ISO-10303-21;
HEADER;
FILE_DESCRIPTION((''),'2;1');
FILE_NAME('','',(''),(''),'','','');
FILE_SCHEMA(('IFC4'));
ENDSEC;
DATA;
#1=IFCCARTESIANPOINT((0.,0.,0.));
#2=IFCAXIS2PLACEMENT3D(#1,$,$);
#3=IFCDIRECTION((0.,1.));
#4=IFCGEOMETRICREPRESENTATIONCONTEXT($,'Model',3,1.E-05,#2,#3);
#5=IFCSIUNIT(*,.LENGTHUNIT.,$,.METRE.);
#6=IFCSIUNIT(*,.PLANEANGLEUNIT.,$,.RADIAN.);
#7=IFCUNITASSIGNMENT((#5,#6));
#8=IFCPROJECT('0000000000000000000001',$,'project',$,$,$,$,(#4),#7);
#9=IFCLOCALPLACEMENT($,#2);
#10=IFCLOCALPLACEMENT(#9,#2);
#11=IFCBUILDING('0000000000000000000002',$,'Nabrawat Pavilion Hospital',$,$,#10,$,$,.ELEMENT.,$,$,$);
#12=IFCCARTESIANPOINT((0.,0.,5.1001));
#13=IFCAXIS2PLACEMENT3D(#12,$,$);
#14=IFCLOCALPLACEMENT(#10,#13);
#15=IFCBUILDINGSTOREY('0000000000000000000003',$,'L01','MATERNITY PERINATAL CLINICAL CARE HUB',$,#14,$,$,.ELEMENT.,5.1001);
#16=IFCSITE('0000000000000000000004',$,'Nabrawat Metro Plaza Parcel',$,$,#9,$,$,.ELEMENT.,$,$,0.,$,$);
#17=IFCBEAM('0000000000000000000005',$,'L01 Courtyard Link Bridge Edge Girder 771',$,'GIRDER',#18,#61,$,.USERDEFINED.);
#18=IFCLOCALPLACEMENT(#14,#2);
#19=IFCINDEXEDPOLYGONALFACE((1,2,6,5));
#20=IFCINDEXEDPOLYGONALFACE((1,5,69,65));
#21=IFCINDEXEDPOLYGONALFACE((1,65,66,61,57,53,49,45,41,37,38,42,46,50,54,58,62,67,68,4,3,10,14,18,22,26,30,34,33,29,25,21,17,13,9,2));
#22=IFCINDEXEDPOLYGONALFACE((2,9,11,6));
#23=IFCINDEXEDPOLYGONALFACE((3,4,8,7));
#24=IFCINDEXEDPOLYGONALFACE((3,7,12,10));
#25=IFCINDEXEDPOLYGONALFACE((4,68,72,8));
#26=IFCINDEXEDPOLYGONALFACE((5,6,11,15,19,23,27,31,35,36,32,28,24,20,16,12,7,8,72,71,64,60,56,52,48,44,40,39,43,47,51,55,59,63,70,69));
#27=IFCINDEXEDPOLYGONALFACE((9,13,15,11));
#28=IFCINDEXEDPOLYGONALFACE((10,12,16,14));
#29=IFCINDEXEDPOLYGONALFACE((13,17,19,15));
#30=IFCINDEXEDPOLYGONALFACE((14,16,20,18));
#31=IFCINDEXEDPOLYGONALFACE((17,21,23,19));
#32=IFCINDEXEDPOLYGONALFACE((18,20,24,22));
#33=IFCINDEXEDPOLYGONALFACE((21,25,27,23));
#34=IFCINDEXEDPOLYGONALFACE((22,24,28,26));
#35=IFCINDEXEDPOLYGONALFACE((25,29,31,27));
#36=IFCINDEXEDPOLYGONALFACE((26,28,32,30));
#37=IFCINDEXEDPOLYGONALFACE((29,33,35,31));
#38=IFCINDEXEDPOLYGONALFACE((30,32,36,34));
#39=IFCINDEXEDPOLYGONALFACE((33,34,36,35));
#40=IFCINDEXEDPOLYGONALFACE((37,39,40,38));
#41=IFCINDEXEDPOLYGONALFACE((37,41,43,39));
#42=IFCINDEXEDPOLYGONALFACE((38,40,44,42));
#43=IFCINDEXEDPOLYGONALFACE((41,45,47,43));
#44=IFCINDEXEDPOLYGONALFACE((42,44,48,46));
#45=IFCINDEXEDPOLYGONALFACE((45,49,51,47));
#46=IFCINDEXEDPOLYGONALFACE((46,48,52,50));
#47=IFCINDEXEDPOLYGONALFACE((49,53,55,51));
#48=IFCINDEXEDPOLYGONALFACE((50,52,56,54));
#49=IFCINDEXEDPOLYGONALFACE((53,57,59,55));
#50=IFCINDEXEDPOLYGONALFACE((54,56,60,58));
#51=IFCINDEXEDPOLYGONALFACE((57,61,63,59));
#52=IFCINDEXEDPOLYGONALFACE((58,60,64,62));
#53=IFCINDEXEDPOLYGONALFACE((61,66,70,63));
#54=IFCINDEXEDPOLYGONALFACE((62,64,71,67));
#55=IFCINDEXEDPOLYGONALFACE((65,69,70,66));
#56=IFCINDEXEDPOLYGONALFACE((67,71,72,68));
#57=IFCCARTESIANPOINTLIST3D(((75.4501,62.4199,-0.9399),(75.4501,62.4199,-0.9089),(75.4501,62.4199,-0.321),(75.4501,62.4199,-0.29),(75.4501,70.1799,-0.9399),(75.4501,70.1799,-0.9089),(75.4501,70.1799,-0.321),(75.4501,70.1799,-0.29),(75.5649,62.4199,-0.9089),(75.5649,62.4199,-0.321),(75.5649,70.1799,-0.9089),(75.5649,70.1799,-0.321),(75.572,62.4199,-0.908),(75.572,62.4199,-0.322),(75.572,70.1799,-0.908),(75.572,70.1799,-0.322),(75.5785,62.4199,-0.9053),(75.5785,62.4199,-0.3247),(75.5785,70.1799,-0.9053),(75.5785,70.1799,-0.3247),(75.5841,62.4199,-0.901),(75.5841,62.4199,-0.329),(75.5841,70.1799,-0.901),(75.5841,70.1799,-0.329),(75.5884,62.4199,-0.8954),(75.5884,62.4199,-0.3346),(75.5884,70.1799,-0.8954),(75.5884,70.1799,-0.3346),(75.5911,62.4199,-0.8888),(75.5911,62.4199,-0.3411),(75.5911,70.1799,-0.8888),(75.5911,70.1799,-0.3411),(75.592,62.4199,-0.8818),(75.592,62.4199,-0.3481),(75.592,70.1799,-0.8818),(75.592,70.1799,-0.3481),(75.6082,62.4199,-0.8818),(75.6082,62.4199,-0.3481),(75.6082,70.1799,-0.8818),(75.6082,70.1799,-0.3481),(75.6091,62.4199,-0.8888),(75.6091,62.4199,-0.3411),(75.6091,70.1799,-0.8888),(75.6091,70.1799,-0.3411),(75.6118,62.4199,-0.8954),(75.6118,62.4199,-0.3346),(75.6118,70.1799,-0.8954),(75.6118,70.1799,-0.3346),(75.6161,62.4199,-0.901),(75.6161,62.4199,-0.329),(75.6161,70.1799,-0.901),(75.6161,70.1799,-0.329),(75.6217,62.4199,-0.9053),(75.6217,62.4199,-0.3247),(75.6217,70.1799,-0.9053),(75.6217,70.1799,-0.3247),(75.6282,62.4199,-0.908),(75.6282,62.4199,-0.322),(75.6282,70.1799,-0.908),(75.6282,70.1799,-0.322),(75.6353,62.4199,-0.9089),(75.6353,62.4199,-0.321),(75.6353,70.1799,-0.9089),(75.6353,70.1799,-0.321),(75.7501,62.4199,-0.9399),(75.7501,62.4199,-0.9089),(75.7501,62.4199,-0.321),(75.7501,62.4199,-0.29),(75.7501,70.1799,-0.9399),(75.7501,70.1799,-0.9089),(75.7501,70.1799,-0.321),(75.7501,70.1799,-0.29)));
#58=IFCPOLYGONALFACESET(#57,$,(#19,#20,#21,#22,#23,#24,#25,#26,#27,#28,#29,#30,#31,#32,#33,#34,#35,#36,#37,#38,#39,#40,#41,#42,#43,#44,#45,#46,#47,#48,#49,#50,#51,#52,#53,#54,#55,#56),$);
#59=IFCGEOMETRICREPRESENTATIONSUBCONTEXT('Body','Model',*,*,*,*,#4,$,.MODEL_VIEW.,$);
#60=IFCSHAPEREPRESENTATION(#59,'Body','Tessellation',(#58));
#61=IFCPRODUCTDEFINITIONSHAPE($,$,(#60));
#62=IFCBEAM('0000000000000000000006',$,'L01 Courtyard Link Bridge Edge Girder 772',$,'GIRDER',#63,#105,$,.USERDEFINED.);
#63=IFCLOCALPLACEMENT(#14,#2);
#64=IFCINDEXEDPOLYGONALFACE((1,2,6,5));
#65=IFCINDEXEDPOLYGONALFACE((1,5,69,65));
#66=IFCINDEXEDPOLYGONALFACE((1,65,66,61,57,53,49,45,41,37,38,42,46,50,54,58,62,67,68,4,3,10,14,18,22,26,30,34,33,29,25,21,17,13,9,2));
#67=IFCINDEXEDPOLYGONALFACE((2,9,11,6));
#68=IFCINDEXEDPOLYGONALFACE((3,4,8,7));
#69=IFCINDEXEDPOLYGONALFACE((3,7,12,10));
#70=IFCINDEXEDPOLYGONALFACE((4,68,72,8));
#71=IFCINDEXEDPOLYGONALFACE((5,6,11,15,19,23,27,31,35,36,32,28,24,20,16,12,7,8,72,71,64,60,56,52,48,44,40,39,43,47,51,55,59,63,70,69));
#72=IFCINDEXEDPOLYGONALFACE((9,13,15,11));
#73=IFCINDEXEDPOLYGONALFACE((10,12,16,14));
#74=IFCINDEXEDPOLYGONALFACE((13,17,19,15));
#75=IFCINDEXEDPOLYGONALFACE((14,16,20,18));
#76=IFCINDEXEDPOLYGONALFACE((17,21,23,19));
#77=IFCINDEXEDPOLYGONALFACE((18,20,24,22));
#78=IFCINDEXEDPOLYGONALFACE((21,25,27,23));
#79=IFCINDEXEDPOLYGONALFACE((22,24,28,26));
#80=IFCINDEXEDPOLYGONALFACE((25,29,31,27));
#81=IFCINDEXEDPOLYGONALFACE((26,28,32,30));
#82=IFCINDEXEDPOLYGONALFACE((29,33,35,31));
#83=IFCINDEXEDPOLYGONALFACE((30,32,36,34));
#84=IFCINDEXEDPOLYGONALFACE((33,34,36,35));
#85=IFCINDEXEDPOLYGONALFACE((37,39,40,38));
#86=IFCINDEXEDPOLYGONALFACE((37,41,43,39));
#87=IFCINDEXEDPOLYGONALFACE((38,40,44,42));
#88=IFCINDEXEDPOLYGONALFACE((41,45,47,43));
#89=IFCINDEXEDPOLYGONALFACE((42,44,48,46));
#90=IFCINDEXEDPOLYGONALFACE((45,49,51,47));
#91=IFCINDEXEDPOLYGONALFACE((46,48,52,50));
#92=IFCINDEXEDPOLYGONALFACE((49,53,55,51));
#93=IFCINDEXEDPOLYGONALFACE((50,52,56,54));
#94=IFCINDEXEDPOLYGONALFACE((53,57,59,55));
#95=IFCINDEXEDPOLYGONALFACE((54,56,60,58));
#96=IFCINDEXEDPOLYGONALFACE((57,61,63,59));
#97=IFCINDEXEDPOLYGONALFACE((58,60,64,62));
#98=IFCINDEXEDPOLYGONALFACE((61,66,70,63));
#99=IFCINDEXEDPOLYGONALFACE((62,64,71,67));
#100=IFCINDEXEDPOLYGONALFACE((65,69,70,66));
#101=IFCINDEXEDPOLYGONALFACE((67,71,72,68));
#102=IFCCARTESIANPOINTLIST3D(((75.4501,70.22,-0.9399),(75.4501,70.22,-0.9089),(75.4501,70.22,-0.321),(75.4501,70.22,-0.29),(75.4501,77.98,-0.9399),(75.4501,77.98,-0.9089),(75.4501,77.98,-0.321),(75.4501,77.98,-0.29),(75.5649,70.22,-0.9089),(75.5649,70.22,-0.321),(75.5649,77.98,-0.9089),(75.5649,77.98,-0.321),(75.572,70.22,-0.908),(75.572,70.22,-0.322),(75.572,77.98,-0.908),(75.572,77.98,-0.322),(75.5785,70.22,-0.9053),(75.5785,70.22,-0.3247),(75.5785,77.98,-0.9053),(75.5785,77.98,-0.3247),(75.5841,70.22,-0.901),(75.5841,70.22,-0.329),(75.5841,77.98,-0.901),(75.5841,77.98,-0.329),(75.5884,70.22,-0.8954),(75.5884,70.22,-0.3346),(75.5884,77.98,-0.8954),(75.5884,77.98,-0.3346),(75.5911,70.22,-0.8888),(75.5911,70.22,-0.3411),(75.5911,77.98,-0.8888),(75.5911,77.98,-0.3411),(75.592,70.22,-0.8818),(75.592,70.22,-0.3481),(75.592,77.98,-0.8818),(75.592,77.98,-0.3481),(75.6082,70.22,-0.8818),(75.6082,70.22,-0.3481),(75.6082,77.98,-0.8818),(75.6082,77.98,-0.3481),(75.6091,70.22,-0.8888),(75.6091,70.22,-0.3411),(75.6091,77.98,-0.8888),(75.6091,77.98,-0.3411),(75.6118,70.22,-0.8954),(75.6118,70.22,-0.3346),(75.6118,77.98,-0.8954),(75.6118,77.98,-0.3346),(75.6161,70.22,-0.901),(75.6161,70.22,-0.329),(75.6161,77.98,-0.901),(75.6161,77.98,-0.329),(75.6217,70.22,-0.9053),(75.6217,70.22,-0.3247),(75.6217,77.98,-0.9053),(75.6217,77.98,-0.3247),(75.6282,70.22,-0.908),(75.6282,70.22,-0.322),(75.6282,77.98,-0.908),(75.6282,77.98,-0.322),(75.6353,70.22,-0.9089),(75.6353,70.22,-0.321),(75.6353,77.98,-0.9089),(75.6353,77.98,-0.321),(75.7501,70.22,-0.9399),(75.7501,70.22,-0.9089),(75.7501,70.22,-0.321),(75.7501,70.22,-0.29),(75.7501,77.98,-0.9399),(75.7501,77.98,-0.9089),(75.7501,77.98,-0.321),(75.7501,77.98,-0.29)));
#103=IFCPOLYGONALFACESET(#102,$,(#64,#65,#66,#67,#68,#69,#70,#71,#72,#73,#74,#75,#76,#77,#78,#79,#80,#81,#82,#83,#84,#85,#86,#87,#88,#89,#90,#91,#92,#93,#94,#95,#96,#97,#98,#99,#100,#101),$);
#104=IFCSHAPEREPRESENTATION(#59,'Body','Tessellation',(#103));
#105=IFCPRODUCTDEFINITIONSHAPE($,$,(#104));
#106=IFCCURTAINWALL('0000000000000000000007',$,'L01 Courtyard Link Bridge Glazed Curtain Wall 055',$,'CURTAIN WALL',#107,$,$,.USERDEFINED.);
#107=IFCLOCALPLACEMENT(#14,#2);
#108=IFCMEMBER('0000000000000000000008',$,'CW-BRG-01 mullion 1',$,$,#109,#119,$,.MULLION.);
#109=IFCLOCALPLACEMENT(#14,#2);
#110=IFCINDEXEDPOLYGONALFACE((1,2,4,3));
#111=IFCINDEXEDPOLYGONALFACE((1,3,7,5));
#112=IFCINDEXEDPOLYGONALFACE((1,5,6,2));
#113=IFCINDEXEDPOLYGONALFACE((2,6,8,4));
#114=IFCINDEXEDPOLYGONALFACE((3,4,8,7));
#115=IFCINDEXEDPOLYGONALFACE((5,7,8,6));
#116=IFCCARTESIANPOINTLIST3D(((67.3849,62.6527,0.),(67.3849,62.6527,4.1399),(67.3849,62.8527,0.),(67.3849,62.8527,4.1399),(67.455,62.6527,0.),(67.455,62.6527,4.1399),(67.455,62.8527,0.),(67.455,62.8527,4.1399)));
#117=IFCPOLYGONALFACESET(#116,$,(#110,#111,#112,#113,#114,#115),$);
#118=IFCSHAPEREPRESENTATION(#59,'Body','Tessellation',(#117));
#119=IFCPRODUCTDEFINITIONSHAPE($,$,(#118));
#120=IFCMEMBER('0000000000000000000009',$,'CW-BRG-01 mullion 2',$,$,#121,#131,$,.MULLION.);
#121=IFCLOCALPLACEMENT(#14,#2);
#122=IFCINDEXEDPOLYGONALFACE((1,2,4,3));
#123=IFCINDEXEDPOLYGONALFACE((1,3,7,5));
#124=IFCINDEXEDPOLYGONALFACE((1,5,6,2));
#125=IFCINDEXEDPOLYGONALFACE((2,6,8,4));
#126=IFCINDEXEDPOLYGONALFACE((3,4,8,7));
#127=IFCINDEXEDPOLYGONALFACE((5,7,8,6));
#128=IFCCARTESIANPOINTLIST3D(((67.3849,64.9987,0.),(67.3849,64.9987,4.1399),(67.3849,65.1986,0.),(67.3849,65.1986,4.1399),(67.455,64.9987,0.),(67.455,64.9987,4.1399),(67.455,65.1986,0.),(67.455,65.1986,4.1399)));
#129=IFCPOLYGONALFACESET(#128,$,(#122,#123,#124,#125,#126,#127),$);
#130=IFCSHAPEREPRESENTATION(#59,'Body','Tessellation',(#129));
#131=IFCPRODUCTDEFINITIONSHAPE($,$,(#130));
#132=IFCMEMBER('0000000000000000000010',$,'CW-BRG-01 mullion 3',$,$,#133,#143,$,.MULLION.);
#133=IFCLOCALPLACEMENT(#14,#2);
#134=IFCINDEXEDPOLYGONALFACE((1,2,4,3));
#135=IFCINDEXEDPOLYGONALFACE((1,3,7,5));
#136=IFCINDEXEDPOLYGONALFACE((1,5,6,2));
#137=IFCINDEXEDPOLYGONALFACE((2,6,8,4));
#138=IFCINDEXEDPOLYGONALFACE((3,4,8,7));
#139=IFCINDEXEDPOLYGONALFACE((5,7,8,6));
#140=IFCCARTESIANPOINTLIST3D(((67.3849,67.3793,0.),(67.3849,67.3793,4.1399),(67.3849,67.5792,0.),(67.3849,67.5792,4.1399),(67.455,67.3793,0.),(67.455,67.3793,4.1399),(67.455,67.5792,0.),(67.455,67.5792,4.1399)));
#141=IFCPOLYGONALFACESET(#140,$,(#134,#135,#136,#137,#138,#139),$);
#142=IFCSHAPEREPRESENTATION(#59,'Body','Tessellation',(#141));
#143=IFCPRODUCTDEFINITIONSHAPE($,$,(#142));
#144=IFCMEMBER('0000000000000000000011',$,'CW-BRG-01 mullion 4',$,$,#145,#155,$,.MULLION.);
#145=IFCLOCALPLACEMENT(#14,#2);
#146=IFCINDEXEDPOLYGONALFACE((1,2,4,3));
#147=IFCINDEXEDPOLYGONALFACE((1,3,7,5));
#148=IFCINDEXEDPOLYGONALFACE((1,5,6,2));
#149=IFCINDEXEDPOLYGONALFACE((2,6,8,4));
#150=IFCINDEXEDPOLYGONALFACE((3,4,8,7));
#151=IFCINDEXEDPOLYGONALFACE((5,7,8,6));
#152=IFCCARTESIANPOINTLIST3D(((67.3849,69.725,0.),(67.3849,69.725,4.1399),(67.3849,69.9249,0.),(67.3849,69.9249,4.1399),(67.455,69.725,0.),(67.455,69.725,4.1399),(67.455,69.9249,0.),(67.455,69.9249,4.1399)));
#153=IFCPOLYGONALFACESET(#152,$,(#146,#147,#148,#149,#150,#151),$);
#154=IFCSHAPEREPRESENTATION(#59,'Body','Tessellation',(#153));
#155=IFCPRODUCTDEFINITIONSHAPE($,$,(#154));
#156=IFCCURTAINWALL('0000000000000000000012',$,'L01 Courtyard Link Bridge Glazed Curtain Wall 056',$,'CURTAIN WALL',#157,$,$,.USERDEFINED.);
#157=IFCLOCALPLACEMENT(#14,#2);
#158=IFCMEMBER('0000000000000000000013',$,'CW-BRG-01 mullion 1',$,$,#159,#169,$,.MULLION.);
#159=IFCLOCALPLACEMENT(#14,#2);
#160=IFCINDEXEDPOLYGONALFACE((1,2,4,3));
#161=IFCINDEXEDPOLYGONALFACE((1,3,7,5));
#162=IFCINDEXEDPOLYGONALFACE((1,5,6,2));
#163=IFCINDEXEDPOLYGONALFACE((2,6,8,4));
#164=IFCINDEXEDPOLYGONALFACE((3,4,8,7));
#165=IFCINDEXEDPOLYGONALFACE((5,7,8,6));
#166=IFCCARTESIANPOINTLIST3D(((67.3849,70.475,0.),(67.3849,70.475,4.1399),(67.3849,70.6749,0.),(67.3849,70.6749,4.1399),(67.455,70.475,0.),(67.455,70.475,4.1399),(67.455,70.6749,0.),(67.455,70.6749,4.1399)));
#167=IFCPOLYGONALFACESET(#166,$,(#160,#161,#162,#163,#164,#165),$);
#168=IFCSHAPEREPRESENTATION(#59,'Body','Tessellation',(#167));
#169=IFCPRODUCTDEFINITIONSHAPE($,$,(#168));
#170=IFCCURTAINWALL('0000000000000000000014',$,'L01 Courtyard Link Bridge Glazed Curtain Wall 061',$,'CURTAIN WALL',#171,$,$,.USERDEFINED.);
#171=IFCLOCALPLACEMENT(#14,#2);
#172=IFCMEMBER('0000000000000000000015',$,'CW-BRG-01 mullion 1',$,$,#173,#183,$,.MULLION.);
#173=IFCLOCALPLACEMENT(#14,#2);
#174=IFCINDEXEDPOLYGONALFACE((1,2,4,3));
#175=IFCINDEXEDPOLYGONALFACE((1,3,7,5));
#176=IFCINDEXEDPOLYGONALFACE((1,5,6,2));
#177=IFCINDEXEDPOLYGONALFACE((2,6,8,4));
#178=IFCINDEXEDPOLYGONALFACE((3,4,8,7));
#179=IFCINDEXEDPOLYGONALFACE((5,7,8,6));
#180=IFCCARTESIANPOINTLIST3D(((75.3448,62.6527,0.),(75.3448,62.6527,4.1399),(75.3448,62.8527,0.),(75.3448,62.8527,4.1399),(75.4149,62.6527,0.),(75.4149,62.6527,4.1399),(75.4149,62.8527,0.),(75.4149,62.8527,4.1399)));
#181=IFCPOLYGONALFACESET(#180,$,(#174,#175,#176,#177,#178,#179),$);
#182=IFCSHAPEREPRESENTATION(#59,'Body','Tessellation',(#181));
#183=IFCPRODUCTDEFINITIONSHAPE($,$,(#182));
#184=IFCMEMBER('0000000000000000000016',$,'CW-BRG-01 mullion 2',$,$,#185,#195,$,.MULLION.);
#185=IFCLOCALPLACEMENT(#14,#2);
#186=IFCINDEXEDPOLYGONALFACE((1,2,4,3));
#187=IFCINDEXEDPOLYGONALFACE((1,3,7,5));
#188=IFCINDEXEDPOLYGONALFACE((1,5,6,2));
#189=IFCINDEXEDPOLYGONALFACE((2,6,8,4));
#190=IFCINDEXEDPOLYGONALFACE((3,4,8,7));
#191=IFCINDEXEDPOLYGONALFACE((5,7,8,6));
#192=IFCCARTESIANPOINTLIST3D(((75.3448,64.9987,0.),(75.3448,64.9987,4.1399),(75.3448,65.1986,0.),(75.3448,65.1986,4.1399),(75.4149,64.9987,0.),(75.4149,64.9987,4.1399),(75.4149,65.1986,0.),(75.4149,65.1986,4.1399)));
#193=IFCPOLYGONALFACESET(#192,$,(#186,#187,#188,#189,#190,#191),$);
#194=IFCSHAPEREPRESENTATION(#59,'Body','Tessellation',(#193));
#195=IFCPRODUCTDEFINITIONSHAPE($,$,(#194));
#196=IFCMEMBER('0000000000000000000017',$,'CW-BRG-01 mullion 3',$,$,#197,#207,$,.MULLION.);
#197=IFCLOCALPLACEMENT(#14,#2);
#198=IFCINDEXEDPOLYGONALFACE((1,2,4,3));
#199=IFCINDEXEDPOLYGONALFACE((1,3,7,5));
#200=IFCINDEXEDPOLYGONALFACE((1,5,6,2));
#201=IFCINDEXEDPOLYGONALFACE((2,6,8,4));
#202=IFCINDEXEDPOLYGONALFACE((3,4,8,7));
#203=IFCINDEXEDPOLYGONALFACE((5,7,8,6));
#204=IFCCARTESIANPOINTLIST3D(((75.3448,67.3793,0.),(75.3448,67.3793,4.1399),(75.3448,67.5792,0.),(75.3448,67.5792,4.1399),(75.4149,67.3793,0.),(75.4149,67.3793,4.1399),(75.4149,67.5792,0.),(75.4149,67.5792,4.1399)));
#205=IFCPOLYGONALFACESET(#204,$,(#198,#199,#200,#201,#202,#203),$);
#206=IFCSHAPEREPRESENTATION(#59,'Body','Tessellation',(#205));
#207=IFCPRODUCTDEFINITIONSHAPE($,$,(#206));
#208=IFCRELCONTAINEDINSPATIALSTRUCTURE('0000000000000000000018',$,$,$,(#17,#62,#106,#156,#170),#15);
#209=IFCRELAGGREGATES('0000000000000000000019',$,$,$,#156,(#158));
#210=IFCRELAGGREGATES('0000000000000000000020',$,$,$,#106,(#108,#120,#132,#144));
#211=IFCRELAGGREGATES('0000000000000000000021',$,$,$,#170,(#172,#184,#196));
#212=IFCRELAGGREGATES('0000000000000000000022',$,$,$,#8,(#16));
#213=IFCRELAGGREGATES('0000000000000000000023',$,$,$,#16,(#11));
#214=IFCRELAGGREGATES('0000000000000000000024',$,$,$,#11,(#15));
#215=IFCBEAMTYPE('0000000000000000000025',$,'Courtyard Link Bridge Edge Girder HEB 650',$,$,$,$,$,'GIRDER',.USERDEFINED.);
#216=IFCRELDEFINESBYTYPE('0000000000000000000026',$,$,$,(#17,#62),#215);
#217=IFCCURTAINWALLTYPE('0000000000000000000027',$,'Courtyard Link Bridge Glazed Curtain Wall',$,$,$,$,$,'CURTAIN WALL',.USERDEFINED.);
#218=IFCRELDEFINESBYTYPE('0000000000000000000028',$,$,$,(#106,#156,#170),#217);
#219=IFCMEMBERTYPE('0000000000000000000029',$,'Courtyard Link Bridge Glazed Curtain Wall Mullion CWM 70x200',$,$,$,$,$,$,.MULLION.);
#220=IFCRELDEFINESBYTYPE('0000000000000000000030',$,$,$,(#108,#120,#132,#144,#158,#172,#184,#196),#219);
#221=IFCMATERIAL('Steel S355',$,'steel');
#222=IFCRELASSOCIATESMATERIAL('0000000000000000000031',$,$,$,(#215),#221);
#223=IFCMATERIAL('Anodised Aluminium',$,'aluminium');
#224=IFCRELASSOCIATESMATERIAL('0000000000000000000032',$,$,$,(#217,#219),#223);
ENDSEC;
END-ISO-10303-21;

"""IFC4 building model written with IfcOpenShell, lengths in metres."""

from ifc_helpers import new_model, si_unit, direction, frame, origin, origin_2d, place, context, subcontext, project, spatial, rectangle, i_section, extrude, material, material_profile, profile_set, type_object, element, aggregate, save


model = new_model("IFC4")

# Units and contexts
model_context = context("Model", 3, precision=1e-05, world=origin(), true_north=direction((0.0, 1.0)))
body_context = subcontext(model_context, "Body", "Model", "MODEL_VIEW")
ifc_project = project(units=[si_unit("LENGTHUNIT", "METRE"), si_unit("PLANEANGLEUNIT", "RADIAN")], contexts=[model_context])

# Site, building, storey
site_placement = place(None, origin())
site = spatial("IfcSite", under=ifc_project, at=site_placement, Name="Nabrawat Metro Plaza Parcel", CompositionType="ELEMENT", RefElevation=0.0)
building_placement = place(site_placement, origin())
building = spatial("IfcBuilding", under=site, at=building_placement, Name="Nabrawat Pavilion Hospital", CompositionType="ELEMENT")
storey_placement = place(building_placement, frame((0.0, 0.0, 5.1001)))
storey = spatial("IfcBuildingStorey", under=building, at=storey_placement, Name="L01", Description="MATERNITY PERINATAL CLINICAL CARE HUB", CompositionType="ELEMENT", Elevation=5.1001)

# Shared definitions
ifc_material_1 = material(Name="Steel S355", Category="steel")

# Beams
ifc_material_profile_1 = material_profile(ifc_material_1, i_section(OverallWidth=0.3, OverallDepth=0.6499, WebThickness=0.0161, FlangeThickness=0.031, FilletRadius=0.0271, at=origin_2d()), Name="HEB 650")
ifc_profile_set_1 = profile_set([ifc_material_profile_1], Name="Steel S355")
beam_type_1 = type_object("IfcBeamType", Name="Courtyard Link Bridge Edge Girder HEB 650", ElementType="GIRDER", PredefinedType="USERDEFINED", material=ifc_profile_set_1)
for number, where, z_axis, x_axis, name in (
    (1, (75.6001, 62.4199, -0.615), (0.0, 1.0, 0.0), (-1.0, 0.0, 0.0), "L01 Courtyard Link Bridge Edge Girder 771"),
    (2, (75.6001, 70.22, -0.615), (0.0, 1.0, 0.0), (-1.0, 0.0, 0.0), "L01 Courtyard Link Bridge Edge Girder 772"),
):
    element("IfcBeam", number, at=place(storey_placement, frame(where, z_axis=z_axis, x_axis=x_axis)), inside=storey, type_object=beam_type_1, Name=name, ObjectType="GIRDER", PredefinedType="USERDEFINED", context=body_context, shape_type="SweptSolid", body=[
        extrude(i_section(OverallWidth=0.3, OverallDepth=0.6499, WebThickness=0.0161, FlangeThickness=0.031, FilletRadius=0.0271, at=origin_2d()), origin(), (0.0, 0.0, 1.0), 7.76),
    ])

# Curtain wall, members
ifc_material_2 = material(Name="Anodised Aluminium", Category="aluminium")
curtain_wall_type = type_object("IfcCurtainWallType", Name="Courtyard Link Bridge Glazed Curtain Wall", ElementType="CURTAIN WALL", PredefinedType="USERDEFINED", material=ifc_material_2)
curtain_wall_1_placement = place(storey_placement, origin())
curtain_wall_1 = element("IfcCurtainWall", 3, at=curtain_wall_1_placement, inside=storey, type_object=curtain_wall_type, Name="L01 Courtyard Link Bridge Glazed Curtain Wall 055", ObjectType="CURTAIN WALL", PredefinedType="USERDEFINED")
ifc_material_profile_2 = material_profile(ifc_material_2, rectangle(XDim=0.0701, YDim=0.2, at=origin_2d()), Name="CWM 70x200")
ifc_profile_set_2 = profile_set([ifc_material_profile_2], Name="Anodised Aluminium")
member_type_1 = type_object("IfcMemberType", Name="Courtyard Link Bridge Glazed Curtain Wall Mullion CWM 70x200", PredefinedType="MULLION", material=ifc_profile_set_2)
member_1_placement = place(storey_placement, frame((67.4199, 62.7527, 0.0), z_axis=(0.0, 0.0, 1.0), x_axis=(-1.0, 0.0, 0.0)))
member_1 = element("IfcMember", 4, at=member_1_placement, type_object=member_type_1, Name="CW-BRG-01 mullion 1", PredefinedType="MULLION", context=body_context, shape_type="SweptSolid", body=[
    extrude(rectangle(XDim=0.0701, YDim=0.2, at=origin_2d()), origin(), (0.0, 0.0, 1.0), 4.1399),
])
member_2_placement = place(storey_placement, frame((67.4199, 65.0986, 0.0), z_axis=(0.0, 0.0, 1.0), x_axis=(-1.0, 0.0, 0.0)))
member_2 = element("IfcMember", 5, at=member_2_placement, type_object=member_type_1, Name="CW-BRG-01 mullion 2", PredefinedType="MULLION", context=body_context, shape_type="SweptSolid", body=[
    extrude(rectangle(XDim=0.0701, YDim=0.2, at=origin_2d()), origin(), (0.0, 0.0, 1.0), 4.1399),
])
member_3_placement = place(storey_placement, frame((67.4199, 67.4792, 0.0), z_axis=(0.0, 0.0, 1.0), x_axis=(-1.0, 0.0, 0.0)))
member_3 = element("IfcMember", 6, at=member_3_placement, type_object=member_type_1, Name="CW-BRG-01 mullion 3", PredefinedType="MULLION", context=body_context, shape_type="SweptSolid", body=[
    extrude(rectangle(XDim=0.0701, YDim=0.2, at=origin_2d()), origin(), (0.0, 0.0, 1.0), 4.1399),
])
member_4_placement = place(storey_placement, frame((67.4199, 69.825, 0.0), z_axis=(0.0, 0.0, 1.0), x_axis=(-1.0, 0.0, 0.0)))
member_4 = element("IfcMember", 7, at=member_4_placement, type_object=member_type_1, Name="CW-BRG-01 mullion 4", PredefinedType="MULLION", context=body_context, shape_type="SweptSolid", body=[
    extrude(rectangle(XDim=0.0701, YDim=0.2, at=origin_2d()), origin(), (0.0, 0.0, 1.0), 4.1399),
])

# Curtain wall, member
curtain_wall_2_placement = place(storey_placement, origin())
curtain_wall_2 = element("IfcCurtainWall", 8, at=curtain_wall_2_placement, inside=storey, type_object=curtain_wall_type, Name="L01 Courtyard Link Bridge Glazed Curtain Wall 056", ObjectType="CURTAIN WALL", PredefinedType="USERDEFINED")
member_5_placement = place(storey_placement, frame((67.4199, 70.575, 0.0), z_axis=(0.0, 0.0, 1.0), x_axis=(-1.0, 0.0, 0.0)))
member_5 = element("IfcMember", 9, at=member_5_placement, type_object=member_type_1, Name="CW-BRG-01 mullion 1", PredefinedType="MULLION", context=body_context, shape_type="SweptSolid", body=[
    extrude(rectangle(XDim=0.0701, YDim=0.2, at=origin_2d()), origin(), (0.0, 0.0, 1.0), 4.1399),
])
aggregate(curtain_wall_2, [member_5])

# Curtain wall, members
curtain_wall_3_placement = place(storey_placement, origin())
curtain_wall_3 = element("IfcCurtainWall", 10, at=curtain_wall_3_placement, inside=storey, type_object=curtain_wall_type, Name="L01 Courtyard Link Bridge Glazed Curtain Wall 061", ObjectType="CURTAIN WALL", PredefinedType="USERDEFINED")
member_6_placement = place(storey_placement, frame((75.3799, 62.7527, 0.0), z_axis=(0.0, 0.0, 1.0), x_axis=(-1.0, 0.0, 0.0)))
member_6 = element("IfcMember", 11, at=member_6_placement, type_object=member_type_1, Name="CW-BRG-01 mullion 1", PredefinedType="MULLION", context=body_context, shape_type="SweptSolid", body=[
    extrude(rectangle(XDim=0.0701, YDim=0.2, at=origin_2d()), origin(), (0.0, 0.0, 1.0), 4.1399),
])
member_7_placement = place(storey_placement, frame((75.3799, 65.0986, 0.0), z_axis=(0.0, 0.0, 1.0), x_axis=(-1.0, 0.0, 0.0)))
member_7 = element("IfcMember", 12, at=member_7_placement, type_object=member_type_1, Name="CW-BRG-01 mullion 2", PredefinedType="MULLION", context=body_context, shape_type="SweptSolid", body=[
    extrude(rectangle(XDim=0.0701, YDim=0.2, at=origin_2d()), origin(), (0.0, 0.0, 1.0), 4.1399),
])
member_8_placement = place(storey_placement, frame((75.3799, 67.4792, 0.0), z_axis=(0.0, 0.0, 1.0), x_axis=(-1.0, 0.0, 0.0)))
member_8 = element("IfcMember", 13, at=member_8_placement, type_object=member_type_1, Name="CW-BRG-01 mullion 3", PredefinedType="MULLION", context=body_context, shape_type="SweptSolid", body=[
    extrude(rectangle(XDim=0.0701, YDim=0.2, at=origin_2d()), origin(), (0.0, 0.0, 1.0), 4.1399),
])

aggregate(curtain_wall_1, [member_1, member_2, member_3, member_4])
aggregate(curtain_wall_3, [member_6, member_7, member_8])

save(model, "model.ifc")
